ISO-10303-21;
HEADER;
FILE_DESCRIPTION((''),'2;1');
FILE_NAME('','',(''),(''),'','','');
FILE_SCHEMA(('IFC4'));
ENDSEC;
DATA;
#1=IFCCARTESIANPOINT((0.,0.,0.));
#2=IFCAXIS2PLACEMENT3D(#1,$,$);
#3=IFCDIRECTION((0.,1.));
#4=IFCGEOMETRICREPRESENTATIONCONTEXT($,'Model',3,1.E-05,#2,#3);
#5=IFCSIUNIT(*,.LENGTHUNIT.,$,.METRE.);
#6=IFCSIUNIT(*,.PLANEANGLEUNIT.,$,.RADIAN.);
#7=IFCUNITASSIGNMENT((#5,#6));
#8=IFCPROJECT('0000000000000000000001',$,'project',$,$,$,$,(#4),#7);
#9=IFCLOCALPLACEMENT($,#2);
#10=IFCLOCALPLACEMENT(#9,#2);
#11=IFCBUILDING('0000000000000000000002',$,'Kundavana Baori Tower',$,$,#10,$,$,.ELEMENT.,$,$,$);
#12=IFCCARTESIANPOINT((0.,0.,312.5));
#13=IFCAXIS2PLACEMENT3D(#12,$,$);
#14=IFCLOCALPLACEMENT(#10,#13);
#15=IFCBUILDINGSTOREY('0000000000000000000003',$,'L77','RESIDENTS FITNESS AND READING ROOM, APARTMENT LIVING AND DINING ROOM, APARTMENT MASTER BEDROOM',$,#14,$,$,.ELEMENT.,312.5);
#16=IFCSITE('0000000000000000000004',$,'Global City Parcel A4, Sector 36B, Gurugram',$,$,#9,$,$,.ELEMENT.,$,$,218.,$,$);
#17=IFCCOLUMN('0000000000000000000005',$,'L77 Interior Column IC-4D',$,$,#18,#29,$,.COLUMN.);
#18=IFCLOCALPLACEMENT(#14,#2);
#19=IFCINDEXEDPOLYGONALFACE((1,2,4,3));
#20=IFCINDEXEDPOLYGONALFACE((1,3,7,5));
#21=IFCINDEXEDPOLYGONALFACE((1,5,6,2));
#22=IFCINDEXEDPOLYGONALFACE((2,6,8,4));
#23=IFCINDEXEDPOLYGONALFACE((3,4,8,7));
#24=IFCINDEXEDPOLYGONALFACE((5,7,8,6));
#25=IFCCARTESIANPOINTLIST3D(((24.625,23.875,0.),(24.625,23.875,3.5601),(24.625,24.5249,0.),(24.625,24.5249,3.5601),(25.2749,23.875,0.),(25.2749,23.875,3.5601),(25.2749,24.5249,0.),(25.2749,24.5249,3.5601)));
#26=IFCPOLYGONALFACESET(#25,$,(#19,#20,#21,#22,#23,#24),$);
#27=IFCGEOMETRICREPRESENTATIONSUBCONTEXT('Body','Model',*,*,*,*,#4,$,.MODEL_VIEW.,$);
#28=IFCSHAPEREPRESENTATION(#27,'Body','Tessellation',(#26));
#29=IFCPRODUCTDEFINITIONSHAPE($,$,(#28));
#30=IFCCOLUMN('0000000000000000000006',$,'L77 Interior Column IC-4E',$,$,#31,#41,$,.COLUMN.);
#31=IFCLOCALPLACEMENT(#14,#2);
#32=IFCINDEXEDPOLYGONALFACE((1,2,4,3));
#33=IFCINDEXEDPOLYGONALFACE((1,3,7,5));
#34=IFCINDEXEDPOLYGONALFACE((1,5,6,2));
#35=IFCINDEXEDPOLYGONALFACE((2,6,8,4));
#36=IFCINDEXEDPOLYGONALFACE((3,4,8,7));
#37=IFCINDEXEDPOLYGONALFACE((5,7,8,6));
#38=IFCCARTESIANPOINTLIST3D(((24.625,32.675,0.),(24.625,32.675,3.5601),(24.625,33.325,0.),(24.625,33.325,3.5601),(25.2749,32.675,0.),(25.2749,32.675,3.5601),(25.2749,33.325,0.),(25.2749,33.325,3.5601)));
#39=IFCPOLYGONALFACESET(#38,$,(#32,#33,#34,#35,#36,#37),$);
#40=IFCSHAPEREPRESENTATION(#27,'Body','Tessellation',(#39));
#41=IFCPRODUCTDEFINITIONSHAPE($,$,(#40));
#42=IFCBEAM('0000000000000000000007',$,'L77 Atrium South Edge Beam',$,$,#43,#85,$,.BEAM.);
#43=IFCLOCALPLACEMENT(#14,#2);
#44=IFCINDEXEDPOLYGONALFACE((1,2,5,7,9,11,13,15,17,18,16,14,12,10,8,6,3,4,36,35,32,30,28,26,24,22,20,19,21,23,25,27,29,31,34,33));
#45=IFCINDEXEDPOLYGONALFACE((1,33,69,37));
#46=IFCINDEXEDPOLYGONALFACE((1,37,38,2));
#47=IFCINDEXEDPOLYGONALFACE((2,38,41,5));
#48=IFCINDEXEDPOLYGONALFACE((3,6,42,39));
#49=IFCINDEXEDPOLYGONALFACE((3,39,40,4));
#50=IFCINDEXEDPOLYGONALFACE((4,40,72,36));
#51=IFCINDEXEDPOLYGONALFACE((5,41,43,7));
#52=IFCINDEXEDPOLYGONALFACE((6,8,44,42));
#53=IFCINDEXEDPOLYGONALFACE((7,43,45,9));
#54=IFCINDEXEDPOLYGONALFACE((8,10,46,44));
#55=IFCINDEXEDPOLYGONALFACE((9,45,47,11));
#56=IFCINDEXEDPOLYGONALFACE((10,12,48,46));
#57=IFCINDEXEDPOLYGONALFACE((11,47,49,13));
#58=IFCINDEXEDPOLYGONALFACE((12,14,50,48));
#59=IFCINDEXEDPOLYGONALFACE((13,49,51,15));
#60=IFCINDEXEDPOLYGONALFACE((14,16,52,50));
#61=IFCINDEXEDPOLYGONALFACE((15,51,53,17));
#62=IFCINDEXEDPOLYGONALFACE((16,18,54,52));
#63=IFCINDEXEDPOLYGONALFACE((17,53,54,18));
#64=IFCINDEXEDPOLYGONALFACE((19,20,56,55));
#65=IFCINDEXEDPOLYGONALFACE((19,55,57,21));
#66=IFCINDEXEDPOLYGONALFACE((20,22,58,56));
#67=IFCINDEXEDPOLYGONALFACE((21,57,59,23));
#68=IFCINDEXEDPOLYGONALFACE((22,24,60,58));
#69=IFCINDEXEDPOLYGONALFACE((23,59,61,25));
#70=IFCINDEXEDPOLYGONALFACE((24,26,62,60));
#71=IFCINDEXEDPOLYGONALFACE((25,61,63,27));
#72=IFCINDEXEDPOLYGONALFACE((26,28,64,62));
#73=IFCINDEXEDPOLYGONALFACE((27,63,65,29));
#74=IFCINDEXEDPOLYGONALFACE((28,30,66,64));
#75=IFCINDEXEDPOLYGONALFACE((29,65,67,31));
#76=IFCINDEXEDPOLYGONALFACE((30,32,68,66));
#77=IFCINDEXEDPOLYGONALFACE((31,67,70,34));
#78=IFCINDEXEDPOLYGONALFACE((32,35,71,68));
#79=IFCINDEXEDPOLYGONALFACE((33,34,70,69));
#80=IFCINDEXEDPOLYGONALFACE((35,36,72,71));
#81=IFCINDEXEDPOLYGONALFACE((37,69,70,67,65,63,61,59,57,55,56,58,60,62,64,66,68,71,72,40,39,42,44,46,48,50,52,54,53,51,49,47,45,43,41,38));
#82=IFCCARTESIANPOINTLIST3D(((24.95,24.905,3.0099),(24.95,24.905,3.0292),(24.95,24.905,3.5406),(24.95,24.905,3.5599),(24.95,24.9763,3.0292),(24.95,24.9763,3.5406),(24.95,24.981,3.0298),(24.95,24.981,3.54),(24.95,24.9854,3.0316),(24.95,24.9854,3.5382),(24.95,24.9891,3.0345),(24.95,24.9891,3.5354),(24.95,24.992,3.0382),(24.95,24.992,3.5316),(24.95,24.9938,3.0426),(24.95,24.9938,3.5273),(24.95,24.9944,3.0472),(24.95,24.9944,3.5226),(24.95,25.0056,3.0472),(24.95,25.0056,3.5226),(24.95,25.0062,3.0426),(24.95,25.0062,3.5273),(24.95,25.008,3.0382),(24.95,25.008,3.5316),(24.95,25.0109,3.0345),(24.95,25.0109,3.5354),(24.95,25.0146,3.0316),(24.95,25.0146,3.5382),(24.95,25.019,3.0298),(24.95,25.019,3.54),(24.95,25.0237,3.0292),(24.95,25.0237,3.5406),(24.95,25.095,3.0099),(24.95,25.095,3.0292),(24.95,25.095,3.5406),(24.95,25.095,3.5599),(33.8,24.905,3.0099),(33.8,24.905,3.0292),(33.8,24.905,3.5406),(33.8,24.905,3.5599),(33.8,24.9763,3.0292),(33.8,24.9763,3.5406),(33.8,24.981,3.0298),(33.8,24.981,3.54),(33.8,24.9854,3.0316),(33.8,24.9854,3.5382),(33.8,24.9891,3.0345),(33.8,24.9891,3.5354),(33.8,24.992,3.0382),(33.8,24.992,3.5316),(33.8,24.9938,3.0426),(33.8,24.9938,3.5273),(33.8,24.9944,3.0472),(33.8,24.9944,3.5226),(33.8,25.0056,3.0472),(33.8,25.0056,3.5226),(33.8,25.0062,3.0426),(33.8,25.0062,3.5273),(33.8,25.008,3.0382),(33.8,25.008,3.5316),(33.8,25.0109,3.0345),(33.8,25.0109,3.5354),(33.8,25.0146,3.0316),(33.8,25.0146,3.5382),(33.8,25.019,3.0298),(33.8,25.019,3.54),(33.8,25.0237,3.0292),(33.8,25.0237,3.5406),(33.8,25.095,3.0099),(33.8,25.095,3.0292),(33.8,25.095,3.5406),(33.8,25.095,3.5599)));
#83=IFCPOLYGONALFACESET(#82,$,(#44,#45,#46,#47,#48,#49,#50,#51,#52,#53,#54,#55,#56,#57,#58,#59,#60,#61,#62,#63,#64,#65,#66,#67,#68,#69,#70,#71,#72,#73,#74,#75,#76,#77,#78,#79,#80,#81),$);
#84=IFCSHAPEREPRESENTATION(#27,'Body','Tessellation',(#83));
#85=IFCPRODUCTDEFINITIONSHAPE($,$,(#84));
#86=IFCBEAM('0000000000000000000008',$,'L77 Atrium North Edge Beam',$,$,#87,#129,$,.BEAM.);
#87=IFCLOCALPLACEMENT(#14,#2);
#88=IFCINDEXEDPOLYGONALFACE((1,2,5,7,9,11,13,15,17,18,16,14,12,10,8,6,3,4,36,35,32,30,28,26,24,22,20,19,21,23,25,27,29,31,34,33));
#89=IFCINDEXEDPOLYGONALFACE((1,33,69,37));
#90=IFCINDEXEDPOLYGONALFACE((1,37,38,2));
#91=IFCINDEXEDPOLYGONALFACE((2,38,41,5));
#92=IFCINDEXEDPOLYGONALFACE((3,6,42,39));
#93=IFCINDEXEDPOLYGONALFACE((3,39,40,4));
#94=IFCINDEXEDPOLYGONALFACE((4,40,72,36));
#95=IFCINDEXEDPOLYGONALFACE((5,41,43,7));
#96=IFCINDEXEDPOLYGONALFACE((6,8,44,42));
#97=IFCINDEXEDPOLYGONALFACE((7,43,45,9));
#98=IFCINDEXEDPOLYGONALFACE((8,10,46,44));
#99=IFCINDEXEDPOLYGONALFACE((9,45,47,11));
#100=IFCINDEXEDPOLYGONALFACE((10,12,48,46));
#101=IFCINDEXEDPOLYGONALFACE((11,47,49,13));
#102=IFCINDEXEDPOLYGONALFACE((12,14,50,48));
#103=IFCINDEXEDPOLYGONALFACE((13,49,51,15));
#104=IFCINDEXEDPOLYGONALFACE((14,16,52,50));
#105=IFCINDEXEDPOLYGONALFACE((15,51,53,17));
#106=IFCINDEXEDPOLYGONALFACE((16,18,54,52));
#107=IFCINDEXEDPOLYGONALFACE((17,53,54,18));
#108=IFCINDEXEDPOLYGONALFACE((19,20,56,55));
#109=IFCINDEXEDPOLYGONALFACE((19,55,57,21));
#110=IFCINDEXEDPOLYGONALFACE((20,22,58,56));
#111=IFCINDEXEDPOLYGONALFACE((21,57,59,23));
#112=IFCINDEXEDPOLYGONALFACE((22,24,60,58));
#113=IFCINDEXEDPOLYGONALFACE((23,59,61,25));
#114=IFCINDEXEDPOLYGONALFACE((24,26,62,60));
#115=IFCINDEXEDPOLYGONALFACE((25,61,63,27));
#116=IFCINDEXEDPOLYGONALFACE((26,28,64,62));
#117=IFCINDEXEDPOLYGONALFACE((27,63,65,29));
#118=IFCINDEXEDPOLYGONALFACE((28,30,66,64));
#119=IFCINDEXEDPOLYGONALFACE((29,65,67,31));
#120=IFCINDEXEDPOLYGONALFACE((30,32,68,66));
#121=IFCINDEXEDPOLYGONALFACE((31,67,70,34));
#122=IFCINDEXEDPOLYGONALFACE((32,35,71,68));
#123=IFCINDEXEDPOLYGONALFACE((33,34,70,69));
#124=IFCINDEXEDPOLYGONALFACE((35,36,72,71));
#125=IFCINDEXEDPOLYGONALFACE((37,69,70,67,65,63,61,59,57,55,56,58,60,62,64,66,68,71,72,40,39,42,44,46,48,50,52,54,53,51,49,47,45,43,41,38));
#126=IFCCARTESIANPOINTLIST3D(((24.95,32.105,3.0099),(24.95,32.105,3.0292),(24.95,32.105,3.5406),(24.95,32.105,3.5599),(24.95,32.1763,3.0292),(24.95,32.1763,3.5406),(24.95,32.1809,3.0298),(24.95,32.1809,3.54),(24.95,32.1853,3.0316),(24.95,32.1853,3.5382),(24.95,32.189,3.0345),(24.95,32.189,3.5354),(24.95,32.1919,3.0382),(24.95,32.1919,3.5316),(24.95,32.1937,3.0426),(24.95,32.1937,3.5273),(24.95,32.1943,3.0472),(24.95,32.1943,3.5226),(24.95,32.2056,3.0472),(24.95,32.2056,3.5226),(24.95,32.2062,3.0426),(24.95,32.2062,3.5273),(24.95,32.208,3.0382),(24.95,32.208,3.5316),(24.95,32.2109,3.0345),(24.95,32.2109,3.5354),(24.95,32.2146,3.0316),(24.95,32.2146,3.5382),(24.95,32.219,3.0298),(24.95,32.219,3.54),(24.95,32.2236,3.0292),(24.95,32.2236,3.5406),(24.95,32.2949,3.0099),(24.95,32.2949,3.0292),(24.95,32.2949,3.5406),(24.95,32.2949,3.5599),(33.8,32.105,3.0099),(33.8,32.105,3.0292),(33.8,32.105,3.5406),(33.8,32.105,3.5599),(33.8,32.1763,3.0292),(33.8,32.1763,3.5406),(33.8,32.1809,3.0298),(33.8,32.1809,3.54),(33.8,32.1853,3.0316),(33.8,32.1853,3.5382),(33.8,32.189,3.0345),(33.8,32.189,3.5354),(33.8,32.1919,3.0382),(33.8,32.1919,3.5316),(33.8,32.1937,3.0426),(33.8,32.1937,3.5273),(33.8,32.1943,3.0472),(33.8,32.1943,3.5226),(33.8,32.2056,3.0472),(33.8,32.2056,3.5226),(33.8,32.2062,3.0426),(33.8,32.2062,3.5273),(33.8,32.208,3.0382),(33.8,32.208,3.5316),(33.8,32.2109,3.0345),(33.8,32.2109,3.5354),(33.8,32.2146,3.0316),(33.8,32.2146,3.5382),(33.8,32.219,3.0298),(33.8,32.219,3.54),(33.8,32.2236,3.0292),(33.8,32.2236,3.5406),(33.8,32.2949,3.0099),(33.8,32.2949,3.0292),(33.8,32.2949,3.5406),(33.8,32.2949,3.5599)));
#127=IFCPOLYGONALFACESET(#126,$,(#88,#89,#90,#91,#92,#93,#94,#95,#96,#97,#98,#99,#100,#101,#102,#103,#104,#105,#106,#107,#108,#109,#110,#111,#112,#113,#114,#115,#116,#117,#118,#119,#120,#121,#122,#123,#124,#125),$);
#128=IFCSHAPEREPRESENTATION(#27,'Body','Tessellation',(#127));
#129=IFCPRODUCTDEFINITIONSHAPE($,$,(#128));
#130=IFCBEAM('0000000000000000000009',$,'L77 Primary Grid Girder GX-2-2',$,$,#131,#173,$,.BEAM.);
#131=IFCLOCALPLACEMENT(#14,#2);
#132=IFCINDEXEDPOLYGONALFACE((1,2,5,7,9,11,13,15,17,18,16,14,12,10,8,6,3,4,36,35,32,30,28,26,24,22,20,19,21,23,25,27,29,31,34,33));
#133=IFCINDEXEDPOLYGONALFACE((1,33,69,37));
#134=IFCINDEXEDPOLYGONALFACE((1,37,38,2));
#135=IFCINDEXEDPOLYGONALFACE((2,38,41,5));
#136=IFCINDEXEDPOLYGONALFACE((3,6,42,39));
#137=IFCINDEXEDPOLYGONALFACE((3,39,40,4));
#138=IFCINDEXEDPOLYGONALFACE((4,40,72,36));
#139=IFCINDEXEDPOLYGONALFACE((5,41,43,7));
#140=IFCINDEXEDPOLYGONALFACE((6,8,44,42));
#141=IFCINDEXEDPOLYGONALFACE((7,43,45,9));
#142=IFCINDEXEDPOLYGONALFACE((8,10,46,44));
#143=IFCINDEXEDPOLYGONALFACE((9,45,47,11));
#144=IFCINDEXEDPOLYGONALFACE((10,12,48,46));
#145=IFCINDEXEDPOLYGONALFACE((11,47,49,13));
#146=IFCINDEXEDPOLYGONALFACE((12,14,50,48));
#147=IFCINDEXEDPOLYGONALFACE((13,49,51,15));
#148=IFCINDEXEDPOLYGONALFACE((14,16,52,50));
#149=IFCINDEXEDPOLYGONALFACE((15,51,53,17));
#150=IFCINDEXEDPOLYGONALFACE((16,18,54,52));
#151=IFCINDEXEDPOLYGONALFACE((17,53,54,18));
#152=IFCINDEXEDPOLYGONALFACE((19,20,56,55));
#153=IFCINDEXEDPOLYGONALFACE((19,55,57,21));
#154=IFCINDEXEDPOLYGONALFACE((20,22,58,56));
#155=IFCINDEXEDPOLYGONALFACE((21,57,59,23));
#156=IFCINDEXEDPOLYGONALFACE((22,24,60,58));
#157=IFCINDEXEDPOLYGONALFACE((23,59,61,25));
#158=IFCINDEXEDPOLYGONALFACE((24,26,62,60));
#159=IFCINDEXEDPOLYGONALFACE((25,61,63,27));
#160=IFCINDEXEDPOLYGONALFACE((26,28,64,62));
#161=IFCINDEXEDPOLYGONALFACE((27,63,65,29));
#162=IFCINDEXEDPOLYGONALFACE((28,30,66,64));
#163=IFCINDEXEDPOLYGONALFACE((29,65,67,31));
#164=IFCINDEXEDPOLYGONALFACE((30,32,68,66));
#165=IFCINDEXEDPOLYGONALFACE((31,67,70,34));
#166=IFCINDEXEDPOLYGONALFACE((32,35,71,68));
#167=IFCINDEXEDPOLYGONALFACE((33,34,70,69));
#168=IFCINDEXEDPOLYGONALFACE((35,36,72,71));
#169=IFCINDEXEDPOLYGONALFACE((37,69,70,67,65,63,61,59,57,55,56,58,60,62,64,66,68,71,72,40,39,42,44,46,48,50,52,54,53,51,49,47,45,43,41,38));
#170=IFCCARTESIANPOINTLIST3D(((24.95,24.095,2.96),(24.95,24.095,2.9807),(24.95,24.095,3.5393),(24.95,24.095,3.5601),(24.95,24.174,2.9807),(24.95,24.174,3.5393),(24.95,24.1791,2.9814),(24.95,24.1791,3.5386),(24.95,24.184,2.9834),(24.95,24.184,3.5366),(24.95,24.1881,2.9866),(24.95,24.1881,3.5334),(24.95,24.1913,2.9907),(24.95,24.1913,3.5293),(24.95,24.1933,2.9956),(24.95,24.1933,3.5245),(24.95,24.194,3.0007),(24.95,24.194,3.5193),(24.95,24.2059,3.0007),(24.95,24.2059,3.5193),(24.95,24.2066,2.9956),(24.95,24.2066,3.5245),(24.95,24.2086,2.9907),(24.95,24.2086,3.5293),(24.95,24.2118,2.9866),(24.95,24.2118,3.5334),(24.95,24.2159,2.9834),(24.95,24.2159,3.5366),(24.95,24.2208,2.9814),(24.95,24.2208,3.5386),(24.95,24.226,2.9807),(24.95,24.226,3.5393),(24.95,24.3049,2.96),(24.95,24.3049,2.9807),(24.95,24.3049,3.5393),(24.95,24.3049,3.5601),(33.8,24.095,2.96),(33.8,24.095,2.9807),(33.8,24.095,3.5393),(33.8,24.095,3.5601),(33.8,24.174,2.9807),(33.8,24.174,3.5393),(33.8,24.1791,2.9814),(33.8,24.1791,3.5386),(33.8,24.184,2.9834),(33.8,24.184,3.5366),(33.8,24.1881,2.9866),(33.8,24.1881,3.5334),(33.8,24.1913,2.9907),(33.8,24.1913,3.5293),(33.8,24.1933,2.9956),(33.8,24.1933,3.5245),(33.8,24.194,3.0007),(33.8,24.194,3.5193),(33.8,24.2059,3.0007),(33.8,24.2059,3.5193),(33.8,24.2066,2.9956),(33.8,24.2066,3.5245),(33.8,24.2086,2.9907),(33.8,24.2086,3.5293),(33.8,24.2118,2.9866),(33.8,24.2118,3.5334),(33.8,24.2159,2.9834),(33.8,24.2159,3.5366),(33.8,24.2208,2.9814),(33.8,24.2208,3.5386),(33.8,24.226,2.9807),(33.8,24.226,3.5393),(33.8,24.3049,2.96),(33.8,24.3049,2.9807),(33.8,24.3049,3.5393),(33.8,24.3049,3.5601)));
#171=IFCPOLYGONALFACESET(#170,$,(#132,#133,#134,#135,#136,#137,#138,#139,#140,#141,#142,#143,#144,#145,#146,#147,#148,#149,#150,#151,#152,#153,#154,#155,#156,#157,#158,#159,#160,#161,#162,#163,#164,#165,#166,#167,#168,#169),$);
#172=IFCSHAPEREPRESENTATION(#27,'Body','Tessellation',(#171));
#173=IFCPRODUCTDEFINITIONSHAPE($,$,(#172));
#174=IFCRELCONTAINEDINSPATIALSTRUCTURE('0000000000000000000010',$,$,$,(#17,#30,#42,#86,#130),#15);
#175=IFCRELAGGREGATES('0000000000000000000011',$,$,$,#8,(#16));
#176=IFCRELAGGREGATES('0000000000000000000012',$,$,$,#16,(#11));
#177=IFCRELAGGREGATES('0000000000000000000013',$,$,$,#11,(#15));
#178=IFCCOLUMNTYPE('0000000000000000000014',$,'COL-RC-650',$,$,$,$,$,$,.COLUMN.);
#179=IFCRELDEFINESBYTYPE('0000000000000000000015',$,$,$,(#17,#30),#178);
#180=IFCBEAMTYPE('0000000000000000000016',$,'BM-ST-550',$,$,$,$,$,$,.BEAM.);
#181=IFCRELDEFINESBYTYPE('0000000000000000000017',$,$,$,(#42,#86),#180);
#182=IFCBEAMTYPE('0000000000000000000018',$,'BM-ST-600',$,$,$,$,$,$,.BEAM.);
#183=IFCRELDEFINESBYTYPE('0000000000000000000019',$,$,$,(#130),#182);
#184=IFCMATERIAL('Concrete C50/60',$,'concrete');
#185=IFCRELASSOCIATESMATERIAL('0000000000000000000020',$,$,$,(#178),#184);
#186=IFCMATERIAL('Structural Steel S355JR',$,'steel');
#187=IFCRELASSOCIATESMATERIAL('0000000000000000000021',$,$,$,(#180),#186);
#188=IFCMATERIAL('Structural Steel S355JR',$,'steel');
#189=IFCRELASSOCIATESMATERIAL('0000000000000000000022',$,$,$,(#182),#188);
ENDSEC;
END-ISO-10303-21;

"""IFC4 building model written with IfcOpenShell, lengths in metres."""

from ifc_helpers import new_model, si_unit, direction, frame, origin, origin_2d, place, context, subcontext, project, spatial, rectangle, i_section, extrude, material, material_profile, profile_set, type_object, element, save


model = new_model("IFC4")

# Units and contexts
model_context = context("Model", 3, precision=1e-05, world=origin(), true_north=direction((0.0, 1.0)))
body_context = subcontext(model_context, "Body", "Model", "MODEL_VIEW")
ifc_project = project(units=[si_unit("LENGTHUNIT", "METRE"), si_unit("PLANEANGLEUNIT", "RADIAN")], contexts=[model_context])

# Site, building, storey
site_placement = place(None, origin())
site = spatial("IfcSite", under=ifc_project, at=site_placement, Name="Global City Parcel A4, Sector 36B, Gurugram", CompositionType="ELEMENT", RefElevation=218.0)
building_placement = place(site_placement, origin())
building = spatial("IfcBuilding", under=site, at=building_placement, Name="Kundavana Baori Tower", CompositionType="ELEMENT")
storey_placement = place(building_placement, frame((0.0, 0.0, 312.5)))
storey = spatial("IfcBuildingStorey", under=building, at=storey_placement, Name="L77", Description="RESIDENTS FITNESS AND READING ROOM, APARTMENT LIVING AND DINING ROOM, APARTMENT MASTER BEDROOM", CompositionType="ELEMENT", Elevation=312.5)

# Columns
ifc_material_1 = material(Name="Concrete C50/60", Category="concrete")
ifc_material_profile_1 = material_profile(ifc_material_1, rectangle(XDim=0.6499, YDim=0.6499, at=origin_2d()), Name="RC 650x650")
ifc_profile_set_1 = profile_set([ifc_material_profile_1], Name="Concrete C50/60")
column_type = type_object("IfcColumnType", Name="COL-RC-650", PredefinedType="COLUMN", material=ifc_profile_set_1)
for number, where, z_axis, x_axis, name in (
    (1, (24.95, 24.2, 0.0), (0.0, 0.0, 1.0), (1.0, 0.0, 0.0), "L77 Interior Column IC-4D"),
    (2, (24.95, 33.0, 0.0), (0.0, 0.0, 1.0), (1.0, 0.0, 0.0), "L77 Interior Column IC-4E"),
):
    element("IfcColumn", number, at=place(storey_placement, frame(where, z_axis=z_axis, x_axis=x_axis)), inside=storey, type_object=column_type, Name=name, PredefinedType="COLUMN", context=body_context, shape_type="SweptSolid", body=[
        extrude(rectangle(XDim=0.6499, YDim=0.6499, at=origin_2d()), origin(), (0.0, 0.0, 1.0), 3.5601),
    ])

# Beams
ifc_material_2 = material(Name="Structural Steel S355JR", Category="steel")
ifc_material_profile_2 = material_profile(ifc_material_2, i_section(OverallWidth=0.1899, OverallDepth=0.55, WebThickness=0.0112, FlangeThickness=0.0193, FilletRadius=0.0181, at=origin_2d()), Name="ISMB 550")
ifc_profile_set_2 = profile_set([ifc_material_profile_2], Name="Structural Steel S355JR")
beam_type_1 = type_object("IfcBeamType", Name="BM-ST-550", PredefinedType="BEAM", material=ifc_profile_set_2)
for number, where, z_axis, x_axis, name in (
    (3, (24.95, 25.0, 3.2849), (1.0, 0.0, 0.0), (0.0, 1.0, 0.0), "L77 Atrium South Edge Beam"),
    (4, (24.95, 32.2, 3.2849), (1.0, 0.0, 0.0), (0.0, 1.0, 0.0), "L77 Atrium North Edge Beam"),
):
    element("IfcBeam", number, at=place(storey_placement, frame(where, z_axis=z_axis, x_axis=x_axis)), inside=storey, type_object=beam_type_1, Name=name, PredefinedType="BEAM", context=body_context, shape_type="SweptSolid", body=[
        extrude(i_section(OverallWidth=0.1899, OverallDepth=0.55, WebThickness=0.0112, FlangeThickness=0.0193, FilletRadius=0.0181, at=origin_2d()), origin(), (0.0, 0.0, 1.0), 8.8501),
    ])
ifc_material_3 = material(Name="Structural Steel S355JR", Category="steel")
ifc_material_profile_3 = material_profile(ifc_material_3, i_section(OverallWidth=0.21, OverallDepth=0.6001, WebThickness=0.012, FlangeThickness=0.0208, FilletRadius=0.02, at=origin_2d()), Name="ISMB 600")
ifc_profile_set_3 = profile_set([ifc_material_profile_3], Name="Structural Steel S355JR")
beam_type_2 = type_object("IfcBeamType", Name="BM-ST-600", PredefinedType="BEAM", material=ifc_profile_set_3)
for number, where, z_axis, x_axis, name in (
    (5, (24.95, 24.2, 3.26), (1.0, 0.0, 0.0), (0.0, 1.0, 0.0), "L77 Primary Grid Girder GX-2-2"),
):
    element("IfcBeam", number, at=place(storey_placement, frame(where, z_axis=z_axis, x_axis=x_axis)), inside=storey, type_object=beam_type_2, Name=name, PredefinedType="BEAM", context=body_context, shape_type="SweptSolid", body=[
        extrude(i_section(OverallWidth=0.21, OverallDepth=0.6001, WebThickness=0.012, FlangeThickness=0.0208, FilletRadius=0.02, at=origin_2d()), origin(), (0.0, 0.0, 1.0), 8.8501),
    ])

save(model, "model.ifc")
